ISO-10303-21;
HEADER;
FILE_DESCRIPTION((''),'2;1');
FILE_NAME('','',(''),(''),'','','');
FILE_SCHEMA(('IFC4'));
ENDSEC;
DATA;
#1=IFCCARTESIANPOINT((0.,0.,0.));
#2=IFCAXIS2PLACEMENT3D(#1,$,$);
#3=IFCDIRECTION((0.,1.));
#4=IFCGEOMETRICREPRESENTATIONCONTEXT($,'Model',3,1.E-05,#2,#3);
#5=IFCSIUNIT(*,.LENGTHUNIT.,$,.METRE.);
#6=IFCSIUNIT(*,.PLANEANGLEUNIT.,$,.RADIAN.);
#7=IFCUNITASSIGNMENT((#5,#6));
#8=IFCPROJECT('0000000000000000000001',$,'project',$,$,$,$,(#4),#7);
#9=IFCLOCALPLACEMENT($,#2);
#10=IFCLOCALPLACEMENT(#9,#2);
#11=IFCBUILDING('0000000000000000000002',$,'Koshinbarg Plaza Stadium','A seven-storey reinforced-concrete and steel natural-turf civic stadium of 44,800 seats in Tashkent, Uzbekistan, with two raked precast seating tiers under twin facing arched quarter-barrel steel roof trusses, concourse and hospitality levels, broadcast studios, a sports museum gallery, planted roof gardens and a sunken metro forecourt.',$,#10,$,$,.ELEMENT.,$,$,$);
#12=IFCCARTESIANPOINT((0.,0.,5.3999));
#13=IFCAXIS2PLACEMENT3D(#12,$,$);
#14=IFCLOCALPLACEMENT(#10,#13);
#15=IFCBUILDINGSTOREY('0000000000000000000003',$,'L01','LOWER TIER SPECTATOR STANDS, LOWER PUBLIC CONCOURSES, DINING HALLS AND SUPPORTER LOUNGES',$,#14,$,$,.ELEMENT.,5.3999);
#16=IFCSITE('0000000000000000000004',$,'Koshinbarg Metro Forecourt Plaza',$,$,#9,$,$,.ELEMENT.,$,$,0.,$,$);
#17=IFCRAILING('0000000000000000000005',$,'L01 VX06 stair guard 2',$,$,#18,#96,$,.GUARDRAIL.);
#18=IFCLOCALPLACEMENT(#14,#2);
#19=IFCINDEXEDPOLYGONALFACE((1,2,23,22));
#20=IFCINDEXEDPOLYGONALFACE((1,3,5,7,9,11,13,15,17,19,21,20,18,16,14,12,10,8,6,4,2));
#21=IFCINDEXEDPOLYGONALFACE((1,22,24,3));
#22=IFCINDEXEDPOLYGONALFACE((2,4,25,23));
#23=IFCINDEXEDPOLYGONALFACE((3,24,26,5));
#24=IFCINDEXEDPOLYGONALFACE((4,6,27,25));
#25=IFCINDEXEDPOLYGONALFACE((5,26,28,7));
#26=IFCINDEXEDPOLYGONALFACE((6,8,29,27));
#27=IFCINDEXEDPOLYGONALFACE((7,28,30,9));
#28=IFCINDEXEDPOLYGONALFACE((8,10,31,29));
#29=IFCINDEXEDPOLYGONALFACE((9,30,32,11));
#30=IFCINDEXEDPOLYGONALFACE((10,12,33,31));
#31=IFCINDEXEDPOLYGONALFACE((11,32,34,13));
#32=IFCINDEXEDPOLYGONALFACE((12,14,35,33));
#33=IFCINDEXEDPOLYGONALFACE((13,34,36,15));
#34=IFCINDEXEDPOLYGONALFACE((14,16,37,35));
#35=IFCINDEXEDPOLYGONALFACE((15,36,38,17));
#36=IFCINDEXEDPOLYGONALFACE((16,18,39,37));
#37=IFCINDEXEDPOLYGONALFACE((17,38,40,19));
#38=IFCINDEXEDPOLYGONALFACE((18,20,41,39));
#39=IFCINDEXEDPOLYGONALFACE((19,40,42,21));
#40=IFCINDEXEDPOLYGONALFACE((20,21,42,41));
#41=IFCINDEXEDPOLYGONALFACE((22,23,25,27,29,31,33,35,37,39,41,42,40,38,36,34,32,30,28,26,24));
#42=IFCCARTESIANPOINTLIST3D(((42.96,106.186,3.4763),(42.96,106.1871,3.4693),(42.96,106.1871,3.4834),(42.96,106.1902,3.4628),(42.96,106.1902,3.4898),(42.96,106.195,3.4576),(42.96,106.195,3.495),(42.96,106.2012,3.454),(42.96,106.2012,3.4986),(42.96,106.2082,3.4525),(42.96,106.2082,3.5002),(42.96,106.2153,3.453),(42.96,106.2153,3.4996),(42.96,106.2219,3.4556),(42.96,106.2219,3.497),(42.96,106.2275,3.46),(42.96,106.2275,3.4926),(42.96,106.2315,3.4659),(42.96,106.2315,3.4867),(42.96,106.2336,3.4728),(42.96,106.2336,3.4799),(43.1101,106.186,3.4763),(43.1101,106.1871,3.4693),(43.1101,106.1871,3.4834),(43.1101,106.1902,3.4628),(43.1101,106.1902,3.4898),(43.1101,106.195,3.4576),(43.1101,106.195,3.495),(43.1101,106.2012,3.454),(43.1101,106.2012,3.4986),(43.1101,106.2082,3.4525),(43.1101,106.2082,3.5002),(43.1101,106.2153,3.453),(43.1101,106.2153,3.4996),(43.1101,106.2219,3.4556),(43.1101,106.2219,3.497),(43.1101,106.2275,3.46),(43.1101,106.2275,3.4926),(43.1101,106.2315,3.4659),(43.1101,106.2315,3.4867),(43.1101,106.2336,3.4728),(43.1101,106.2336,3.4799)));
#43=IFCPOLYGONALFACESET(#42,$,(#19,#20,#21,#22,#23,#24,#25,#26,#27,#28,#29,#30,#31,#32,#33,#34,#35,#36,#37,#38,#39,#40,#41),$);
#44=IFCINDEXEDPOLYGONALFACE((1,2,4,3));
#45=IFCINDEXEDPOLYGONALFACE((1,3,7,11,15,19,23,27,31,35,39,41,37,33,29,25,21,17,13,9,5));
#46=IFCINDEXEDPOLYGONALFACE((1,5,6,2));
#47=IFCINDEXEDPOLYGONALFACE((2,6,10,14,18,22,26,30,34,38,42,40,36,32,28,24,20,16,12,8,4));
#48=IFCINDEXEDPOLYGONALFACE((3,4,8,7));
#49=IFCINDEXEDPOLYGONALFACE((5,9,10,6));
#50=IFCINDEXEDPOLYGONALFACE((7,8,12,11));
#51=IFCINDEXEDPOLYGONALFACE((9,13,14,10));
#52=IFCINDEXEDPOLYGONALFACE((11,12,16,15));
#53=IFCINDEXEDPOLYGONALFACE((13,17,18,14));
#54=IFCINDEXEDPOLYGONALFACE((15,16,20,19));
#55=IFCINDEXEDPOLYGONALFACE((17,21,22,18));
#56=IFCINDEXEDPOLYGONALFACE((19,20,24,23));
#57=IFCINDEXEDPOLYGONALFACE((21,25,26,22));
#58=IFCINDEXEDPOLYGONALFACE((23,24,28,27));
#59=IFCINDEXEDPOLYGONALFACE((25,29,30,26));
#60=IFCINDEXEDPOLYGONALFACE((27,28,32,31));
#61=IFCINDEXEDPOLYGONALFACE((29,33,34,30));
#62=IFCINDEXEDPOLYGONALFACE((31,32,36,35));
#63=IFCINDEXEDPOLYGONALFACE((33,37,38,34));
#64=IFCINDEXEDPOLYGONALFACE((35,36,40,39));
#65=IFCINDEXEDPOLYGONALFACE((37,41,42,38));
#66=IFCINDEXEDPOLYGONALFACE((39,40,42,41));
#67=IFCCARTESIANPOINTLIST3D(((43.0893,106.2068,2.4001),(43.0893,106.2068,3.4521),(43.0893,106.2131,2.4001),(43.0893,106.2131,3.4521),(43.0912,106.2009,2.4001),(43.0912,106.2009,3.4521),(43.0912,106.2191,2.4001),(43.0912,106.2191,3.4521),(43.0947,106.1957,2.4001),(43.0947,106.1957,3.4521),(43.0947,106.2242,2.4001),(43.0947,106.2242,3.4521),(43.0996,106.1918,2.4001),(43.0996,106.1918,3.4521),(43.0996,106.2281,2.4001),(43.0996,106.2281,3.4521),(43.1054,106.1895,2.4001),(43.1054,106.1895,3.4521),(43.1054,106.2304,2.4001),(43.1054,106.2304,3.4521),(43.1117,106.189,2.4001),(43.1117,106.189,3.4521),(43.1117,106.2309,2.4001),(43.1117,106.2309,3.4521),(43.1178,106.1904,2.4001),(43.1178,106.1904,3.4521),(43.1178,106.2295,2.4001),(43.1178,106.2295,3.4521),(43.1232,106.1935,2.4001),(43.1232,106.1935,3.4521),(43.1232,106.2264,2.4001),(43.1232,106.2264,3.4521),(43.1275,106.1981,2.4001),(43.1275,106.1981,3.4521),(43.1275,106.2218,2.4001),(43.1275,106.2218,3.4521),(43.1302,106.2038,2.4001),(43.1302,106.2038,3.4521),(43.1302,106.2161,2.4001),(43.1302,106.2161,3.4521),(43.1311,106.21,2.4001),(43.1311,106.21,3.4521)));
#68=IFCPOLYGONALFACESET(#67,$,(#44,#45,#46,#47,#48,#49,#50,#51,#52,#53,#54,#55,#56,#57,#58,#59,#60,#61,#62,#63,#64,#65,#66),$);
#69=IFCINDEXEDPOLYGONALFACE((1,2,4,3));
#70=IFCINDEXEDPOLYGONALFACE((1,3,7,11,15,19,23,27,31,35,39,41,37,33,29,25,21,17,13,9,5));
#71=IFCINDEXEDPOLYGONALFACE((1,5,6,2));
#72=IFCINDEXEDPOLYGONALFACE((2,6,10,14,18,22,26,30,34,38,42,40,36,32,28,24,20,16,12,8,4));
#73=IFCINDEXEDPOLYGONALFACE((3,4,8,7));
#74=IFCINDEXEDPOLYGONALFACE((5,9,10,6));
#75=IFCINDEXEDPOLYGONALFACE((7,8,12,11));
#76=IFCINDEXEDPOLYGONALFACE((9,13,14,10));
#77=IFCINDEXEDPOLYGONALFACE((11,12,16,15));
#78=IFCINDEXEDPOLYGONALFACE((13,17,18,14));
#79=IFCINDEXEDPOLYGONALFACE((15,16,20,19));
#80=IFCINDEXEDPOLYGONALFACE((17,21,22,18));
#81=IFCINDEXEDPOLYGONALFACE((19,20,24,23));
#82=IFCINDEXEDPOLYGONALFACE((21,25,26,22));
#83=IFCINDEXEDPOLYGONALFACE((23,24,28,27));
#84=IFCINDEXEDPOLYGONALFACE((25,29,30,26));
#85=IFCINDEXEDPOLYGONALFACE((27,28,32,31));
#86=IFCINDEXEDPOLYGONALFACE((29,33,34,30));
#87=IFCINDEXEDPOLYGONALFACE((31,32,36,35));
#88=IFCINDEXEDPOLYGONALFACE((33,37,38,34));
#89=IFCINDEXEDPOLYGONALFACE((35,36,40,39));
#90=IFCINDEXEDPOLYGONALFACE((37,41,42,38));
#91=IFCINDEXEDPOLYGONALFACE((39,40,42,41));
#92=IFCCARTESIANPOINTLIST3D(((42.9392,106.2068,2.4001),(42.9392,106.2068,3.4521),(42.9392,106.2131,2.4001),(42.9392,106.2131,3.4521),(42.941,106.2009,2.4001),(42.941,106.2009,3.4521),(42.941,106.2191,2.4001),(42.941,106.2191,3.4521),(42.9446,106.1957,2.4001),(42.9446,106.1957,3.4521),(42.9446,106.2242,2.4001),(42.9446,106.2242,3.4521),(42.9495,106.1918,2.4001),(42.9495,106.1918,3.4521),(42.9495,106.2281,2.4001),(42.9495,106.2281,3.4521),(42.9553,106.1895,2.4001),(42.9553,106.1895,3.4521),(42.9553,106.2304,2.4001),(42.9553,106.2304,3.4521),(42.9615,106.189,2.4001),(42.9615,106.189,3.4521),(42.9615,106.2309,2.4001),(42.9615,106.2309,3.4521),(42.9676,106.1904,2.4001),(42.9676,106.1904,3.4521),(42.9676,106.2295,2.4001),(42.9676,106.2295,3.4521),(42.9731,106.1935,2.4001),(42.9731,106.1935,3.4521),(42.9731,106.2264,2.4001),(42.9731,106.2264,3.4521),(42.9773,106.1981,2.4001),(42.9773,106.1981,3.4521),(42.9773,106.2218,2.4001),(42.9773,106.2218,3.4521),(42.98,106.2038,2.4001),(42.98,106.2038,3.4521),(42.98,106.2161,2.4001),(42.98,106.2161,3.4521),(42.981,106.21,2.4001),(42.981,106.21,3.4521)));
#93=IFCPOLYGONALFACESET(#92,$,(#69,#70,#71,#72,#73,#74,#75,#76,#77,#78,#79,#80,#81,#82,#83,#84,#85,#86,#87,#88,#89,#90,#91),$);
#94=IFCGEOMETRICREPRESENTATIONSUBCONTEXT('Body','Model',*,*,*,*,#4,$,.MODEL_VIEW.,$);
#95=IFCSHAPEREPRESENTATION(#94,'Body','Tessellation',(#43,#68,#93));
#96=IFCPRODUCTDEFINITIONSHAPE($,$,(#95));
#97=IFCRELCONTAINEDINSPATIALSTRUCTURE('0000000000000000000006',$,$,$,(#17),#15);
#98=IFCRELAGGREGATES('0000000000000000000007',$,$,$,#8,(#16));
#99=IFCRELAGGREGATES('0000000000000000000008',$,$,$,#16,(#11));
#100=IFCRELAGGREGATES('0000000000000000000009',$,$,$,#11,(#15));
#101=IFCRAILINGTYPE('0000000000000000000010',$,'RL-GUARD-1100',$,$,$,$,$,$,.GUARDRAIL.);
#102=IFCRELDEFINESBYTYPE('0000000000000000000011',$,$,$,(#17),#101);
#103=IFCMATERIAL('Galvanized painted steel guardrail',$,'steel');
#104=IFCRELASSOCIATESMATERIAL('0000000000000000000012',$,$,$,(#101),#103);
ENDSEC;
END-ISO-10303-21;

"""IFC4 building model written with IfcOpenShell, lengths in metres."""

from ifc_helpers import new_model, si_unit, direction, frame, origin, origin_2d, place, context, subcontext, project, spatial, circle, extrude, material, type_object, element, save


model = new_model("IFC4")

# Units and contexts
model_context = context("Model", 3, precision=1e-05, world=origin(), true_north=direction((0.0, 1.0)))
body_context = subcontext(model_context, "Body", "Model", "MODEL_VIEW")
ifc_project = project(units=[si_unit("LENGTHUNIT", "METRE"), si_unit("PLANEANGLEUNIT", "RADIAN")], contexts=[model_context])

# Site, building, storey
site_placement = place(None, origin())
site = spatial("IfcSite", under=ifc_project, at=site_placement, Name="Koshinbarg Metro Forecourt Plaza", CompositionType="ELEMENT", RefElevation=0.0)
building_placement = place(site_placement, origin())
building = spatial("IfcBuilding", under=site, at=building_placement, Name="Koshinbarg Plaza Stadium", Description="A seven-storey reinforced-concrete and steel natural-turf civic stadium of 44,800 seats in Tashkent, Uzbekistan, with two raked precast seating tiers under twin facing arched quarter-barrel steel roof trusses, concourse and hospitality levels, broadcast studios, a sports museum gallery, planted roof gardens and a sunken metro forecourt.", CompositionType="ELEMENT")
storey_placement = place(building_placement, frame((0.0, 0.0, 5.3999)))
storey = spatial("IfcBuildingStorey", under=building, at=storey_placement, Name="L01", Description="LOWER TIER SPECTATOR STANDS, LOWER PUBLIC CONCOURSES, DINING HALLS AND SUPPORTER LOUNGES", CompositionType="ELEMENT", Elevation=5.3999)

# Railing
ifc_material_1 = material(Name="Galvanized painted steel guardrail", Category="steel")
railing_type_1 = type_object("IfcRailingType", Name="RL-GUARD-1100", PredefinedType="GUARDRAIL", material=ifc_material_1)
railing_1_placement = place(storey_placement, frame((43.1101, 106.21, 2.4001)))
element("IfcRailing", 1, at=railing_1_placement, inside=storey, type_object=railing_type_1, Name="L01 VX06 stair guard 2", PredefinedType="GUARDRAIL", context=body_context, shape_type="SweptSolid", body=[
    extrude(circle(Radius=0.0239, at=origin_2d()), frame((0.0, 0.0, 1.0762), z_axis=(-1.0, 0.0, 0.0), x_axis=(0.0, -1.0, 0.0)), (0.0, 0.0, 1.0), 0.1501),
    extrude(circle(Radius=0.021, at=origin_2d()), origin(), (0.0, 0.0, 1.0), 1.052),
    extrude(circle(Radius=0.021, at=origin_2d()), frame((-0.1501, 0.0, 0.0)), (0.0, 0.0, 1.0), 1.052),
])

save(model, "model.ifc")
